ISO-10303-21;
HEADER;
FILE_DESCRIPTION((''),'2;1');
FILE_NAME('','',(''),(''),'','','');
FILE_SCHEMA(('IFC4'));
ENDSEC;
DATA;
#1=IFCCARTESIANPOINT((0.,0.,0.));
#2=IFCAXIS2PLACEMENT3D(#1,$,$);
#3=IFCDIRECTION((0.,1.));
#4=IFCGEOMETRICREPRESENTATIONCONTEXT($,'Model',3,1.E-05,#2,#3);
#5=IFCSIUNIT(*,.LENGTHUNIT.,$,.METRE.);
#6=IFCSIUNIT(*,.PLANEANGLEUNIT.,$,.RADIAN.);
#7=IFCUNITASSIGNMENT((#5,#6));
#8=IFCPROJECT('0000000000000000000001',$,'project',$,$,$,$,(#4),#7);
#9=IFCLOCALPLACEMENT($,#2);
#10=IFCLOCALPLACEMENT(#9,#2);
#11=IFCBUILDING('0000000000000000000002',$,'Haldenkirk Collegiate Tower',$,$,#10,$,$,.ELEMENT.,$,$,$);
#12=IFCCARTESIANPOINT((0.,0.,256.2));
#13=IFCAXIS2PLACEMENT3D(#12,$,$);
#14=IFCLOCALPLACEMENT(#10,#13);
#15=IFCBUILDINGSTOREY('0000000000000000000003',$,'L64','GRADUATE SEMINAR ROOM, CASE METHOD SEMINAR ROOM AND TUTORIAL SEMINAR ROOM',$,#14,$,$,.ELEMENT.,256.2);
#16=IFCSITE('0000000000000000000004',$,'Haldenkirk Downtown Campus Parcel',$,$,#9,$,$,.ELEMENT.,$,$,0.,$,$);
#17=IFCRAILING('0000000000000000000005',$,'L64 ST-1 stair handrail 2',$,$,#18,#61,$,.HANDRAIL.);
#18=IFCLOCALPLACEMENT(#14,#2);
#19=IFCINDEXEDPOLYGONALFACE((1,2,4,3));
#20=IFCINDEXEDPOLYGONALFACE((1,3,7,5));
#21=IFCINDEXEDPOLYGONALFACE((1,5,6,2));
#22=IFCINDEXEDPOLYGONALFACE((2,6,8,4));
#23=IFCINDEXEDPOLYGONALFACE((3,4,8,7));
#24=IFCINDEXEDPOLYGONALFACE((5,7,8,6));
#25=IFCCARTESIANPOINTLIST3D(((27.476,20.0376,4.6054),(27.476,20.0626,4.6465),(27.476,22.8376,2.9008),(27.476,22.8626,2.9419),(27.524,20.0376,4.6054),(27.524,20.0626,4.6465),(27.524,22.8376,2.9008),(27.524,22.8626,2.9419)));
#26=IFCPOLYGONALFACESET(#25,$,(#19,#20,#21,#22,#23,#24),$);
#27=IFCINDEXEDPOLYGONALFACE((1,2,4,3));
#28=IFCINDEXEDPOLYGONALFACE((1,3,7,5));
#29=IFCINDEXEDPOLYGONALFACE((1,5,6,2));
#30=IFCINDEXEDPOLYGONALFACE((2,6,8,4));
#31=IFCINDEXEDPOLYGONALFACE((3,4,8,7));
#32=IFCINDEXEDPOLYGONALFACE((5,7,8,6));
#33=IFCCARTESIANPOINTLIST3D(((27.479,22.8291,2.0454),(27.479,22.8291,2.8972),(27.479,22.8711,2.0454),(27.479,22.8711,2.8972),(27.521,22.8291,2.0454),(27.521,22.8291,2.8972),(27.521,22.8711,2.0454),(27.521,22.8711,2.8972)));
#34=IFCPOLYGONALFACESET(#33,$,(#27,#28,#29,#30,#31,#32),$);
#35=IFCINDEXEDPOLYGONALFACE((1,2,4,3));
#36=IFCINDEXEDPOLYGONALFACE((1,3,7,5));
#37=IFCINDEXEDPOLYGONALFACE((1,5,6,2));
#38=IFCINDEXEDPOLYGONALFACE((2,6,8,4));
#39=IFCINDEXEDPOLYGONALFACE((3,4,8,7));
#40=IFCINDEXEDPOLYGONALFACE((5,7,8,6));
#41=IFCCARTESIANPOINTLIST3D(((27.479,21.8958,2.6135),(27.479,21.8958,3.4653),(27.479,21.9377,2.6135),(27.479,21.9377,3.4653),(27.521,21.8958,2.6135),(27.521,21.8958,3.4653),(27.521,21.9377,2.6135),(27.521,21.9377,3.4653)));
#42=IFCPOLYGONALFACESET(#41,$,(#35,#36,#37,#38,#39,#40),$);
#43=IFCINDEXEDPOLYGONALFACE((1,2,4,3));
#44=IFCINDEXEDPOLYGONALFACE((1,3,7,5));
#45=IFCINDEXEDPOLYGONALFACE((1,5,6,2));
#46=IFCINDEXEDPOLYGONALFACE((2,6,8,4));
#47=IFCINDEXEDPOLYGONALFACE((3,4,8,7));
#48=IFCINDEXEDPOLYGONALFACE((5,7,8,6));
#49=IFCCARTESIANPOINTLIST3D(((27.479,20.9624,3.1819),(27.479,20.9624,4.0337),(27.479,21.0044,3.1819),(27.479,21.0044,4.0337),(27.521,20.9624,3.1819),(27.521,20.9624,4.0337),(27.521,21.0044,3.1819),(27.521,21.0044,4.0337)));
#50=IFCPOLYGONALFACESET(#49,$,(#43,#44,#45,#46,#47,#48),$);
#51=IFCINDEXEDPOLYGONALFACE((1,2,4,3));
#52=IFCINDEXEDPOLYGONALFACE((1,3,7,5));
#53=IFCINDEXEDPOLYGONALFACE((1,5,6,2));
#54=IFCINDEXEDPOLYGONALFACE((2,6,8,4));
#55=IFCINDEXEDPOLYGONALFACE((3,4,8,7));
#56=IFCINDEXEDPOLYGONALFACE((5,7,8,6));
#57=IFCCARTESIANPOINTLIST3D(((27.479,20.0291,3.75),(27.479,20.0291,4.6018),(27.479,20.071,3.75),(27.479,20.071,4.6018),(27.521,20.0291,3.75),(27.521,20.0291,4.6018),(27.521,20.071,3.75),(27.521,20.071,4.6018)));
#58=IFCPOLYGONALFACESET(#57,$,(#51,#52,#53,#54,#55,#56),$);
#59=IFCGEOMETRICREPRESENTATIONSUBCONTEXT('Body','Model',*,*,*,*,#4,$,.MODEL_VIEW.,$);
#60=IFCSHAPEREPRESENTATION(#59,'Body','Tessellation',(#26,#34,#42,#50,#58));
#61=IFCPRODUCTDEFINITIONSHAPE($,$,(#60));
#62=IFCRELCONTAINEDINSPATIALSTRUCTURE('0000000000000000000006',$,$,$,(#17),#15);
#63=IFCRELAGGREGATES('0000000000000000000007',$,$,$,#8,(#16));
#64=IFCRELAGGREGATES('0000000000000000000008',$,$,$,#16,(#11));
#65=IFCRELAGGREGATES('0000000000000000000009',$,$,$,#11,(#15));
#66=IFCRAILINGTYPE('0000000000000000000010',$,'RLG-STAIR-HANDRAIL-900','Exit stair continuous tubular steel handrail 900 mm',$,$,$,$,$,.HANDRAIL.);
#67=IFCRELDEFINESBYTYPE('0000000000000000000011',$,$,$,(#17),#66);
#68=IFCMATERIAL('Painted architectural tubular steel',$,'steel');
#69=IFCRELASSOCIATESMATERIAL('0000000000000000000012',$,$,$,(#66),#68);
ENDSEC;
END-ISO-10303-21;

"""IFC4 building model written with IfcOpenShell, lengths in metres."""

from ifc_helpers import new_model, si_unit, direction, frame, origin, origin_2d, place, context, subcontext, project, spatial, rectangle, extrude, material, type_object, element, save


model = new_model("IFC4")

# Units and contexts
model_context = context("Model", 3, precision=1e-05, world=origin(), true_north=direction((0.0, 1.0)))
body_context = subcontext(model_context, "Body", "Model", "MODEL_VIEW")
ifc_project = project(units=[si_unit("LENGTHUNIT", "METRE"), si_unit("PLANEANGLEUNIT", "RADIAN")], contexts=[model_context])

# Site, building, storey
site_placement = place(None, origin())
site = spatial("IfcSite", under=ifc_project, at=site_placement, Name="Haldenkirk Downtown Campus Parcel", CompositionType="ELEMENT", RefElevation=0.0)
building_placement = place(site_placement, origin())
building = spatial("IfcBuilding", under=site, at=building_placement, Name="Haldenkirk Collegiate Tower", CompositionType="ELEMENT")
storey_placement = place(building_placement, frame((0.0, 0.0, 256.2)))
storey = spatial("IfcBuildingStorey", under=building, at=storey_placement, Name="L64", Description="GRADUATE SEMINAR ROOM, CASE METHOD SEMINAR ROOM AND TUTORIAL SEMINAR ROOM", CompositionType="ELEMENT", Elevation=256.2)

# Railing
ifc_material_1 = material(Name="Painted architectural tubular steel", Category="steel")
railing_type_1 = type_object("IfcRailingType", Name="RLG-STAIR-HANDRAIL-900", Description="Exit stair continuous tubular steel handrail 900 mm", PredefinedType="HANDRAIL", material=ifc_material_1)
railing_1_placement = place(storey_placement, frame((27.5, 22.8501, 2.0454)))
element("IfcRailing", 1, at=railing_1_placement, inside=storey, type_object=railing_type_1, Name="L64 ST-1 stair handrail 2", PredefinedType="HANDRAIL", context=body_context, shape_type="SweptSolid", body=[
    extrude(rectangle(XDim=0.0481, YDim=0.0481, at=origin_2d()), frame((0.0, 0.0, 0.876), z_axis=(0.0, -0.85417, 0.519994), x_axis=(1.0, 0.0, 0.0)), (0.0, 0.0, 1.0), 3.2781),
    extrude(rectangle(XDim=0.042, YDim=0.042, at=origin_2d()), origin(), (0.0, 0.0, 1.0), 0.8518),
    extrude(rectangle(XDim=0.042, YDim=0.042, at=origin_2d()), frame((0.0, -0.9333, 0.5681)), (0.0, 0.0, 1.0), 0.8518),
    extrude(rectangle(XDim=0.042, YDim=0.042, at=origin_2d()), frame((0.0, -1.8667, 1.1365)), (0.0, 0.0, 1.0), 0.8518),
    extrude(rectangle(XDim=0.042, YDim=0.042, at=origin_2d()), frame((0.0, -2.8, 1.7046)), (0.0, 0.0, 1.0), 0.8518),
])

save(model, "model.ifc")
